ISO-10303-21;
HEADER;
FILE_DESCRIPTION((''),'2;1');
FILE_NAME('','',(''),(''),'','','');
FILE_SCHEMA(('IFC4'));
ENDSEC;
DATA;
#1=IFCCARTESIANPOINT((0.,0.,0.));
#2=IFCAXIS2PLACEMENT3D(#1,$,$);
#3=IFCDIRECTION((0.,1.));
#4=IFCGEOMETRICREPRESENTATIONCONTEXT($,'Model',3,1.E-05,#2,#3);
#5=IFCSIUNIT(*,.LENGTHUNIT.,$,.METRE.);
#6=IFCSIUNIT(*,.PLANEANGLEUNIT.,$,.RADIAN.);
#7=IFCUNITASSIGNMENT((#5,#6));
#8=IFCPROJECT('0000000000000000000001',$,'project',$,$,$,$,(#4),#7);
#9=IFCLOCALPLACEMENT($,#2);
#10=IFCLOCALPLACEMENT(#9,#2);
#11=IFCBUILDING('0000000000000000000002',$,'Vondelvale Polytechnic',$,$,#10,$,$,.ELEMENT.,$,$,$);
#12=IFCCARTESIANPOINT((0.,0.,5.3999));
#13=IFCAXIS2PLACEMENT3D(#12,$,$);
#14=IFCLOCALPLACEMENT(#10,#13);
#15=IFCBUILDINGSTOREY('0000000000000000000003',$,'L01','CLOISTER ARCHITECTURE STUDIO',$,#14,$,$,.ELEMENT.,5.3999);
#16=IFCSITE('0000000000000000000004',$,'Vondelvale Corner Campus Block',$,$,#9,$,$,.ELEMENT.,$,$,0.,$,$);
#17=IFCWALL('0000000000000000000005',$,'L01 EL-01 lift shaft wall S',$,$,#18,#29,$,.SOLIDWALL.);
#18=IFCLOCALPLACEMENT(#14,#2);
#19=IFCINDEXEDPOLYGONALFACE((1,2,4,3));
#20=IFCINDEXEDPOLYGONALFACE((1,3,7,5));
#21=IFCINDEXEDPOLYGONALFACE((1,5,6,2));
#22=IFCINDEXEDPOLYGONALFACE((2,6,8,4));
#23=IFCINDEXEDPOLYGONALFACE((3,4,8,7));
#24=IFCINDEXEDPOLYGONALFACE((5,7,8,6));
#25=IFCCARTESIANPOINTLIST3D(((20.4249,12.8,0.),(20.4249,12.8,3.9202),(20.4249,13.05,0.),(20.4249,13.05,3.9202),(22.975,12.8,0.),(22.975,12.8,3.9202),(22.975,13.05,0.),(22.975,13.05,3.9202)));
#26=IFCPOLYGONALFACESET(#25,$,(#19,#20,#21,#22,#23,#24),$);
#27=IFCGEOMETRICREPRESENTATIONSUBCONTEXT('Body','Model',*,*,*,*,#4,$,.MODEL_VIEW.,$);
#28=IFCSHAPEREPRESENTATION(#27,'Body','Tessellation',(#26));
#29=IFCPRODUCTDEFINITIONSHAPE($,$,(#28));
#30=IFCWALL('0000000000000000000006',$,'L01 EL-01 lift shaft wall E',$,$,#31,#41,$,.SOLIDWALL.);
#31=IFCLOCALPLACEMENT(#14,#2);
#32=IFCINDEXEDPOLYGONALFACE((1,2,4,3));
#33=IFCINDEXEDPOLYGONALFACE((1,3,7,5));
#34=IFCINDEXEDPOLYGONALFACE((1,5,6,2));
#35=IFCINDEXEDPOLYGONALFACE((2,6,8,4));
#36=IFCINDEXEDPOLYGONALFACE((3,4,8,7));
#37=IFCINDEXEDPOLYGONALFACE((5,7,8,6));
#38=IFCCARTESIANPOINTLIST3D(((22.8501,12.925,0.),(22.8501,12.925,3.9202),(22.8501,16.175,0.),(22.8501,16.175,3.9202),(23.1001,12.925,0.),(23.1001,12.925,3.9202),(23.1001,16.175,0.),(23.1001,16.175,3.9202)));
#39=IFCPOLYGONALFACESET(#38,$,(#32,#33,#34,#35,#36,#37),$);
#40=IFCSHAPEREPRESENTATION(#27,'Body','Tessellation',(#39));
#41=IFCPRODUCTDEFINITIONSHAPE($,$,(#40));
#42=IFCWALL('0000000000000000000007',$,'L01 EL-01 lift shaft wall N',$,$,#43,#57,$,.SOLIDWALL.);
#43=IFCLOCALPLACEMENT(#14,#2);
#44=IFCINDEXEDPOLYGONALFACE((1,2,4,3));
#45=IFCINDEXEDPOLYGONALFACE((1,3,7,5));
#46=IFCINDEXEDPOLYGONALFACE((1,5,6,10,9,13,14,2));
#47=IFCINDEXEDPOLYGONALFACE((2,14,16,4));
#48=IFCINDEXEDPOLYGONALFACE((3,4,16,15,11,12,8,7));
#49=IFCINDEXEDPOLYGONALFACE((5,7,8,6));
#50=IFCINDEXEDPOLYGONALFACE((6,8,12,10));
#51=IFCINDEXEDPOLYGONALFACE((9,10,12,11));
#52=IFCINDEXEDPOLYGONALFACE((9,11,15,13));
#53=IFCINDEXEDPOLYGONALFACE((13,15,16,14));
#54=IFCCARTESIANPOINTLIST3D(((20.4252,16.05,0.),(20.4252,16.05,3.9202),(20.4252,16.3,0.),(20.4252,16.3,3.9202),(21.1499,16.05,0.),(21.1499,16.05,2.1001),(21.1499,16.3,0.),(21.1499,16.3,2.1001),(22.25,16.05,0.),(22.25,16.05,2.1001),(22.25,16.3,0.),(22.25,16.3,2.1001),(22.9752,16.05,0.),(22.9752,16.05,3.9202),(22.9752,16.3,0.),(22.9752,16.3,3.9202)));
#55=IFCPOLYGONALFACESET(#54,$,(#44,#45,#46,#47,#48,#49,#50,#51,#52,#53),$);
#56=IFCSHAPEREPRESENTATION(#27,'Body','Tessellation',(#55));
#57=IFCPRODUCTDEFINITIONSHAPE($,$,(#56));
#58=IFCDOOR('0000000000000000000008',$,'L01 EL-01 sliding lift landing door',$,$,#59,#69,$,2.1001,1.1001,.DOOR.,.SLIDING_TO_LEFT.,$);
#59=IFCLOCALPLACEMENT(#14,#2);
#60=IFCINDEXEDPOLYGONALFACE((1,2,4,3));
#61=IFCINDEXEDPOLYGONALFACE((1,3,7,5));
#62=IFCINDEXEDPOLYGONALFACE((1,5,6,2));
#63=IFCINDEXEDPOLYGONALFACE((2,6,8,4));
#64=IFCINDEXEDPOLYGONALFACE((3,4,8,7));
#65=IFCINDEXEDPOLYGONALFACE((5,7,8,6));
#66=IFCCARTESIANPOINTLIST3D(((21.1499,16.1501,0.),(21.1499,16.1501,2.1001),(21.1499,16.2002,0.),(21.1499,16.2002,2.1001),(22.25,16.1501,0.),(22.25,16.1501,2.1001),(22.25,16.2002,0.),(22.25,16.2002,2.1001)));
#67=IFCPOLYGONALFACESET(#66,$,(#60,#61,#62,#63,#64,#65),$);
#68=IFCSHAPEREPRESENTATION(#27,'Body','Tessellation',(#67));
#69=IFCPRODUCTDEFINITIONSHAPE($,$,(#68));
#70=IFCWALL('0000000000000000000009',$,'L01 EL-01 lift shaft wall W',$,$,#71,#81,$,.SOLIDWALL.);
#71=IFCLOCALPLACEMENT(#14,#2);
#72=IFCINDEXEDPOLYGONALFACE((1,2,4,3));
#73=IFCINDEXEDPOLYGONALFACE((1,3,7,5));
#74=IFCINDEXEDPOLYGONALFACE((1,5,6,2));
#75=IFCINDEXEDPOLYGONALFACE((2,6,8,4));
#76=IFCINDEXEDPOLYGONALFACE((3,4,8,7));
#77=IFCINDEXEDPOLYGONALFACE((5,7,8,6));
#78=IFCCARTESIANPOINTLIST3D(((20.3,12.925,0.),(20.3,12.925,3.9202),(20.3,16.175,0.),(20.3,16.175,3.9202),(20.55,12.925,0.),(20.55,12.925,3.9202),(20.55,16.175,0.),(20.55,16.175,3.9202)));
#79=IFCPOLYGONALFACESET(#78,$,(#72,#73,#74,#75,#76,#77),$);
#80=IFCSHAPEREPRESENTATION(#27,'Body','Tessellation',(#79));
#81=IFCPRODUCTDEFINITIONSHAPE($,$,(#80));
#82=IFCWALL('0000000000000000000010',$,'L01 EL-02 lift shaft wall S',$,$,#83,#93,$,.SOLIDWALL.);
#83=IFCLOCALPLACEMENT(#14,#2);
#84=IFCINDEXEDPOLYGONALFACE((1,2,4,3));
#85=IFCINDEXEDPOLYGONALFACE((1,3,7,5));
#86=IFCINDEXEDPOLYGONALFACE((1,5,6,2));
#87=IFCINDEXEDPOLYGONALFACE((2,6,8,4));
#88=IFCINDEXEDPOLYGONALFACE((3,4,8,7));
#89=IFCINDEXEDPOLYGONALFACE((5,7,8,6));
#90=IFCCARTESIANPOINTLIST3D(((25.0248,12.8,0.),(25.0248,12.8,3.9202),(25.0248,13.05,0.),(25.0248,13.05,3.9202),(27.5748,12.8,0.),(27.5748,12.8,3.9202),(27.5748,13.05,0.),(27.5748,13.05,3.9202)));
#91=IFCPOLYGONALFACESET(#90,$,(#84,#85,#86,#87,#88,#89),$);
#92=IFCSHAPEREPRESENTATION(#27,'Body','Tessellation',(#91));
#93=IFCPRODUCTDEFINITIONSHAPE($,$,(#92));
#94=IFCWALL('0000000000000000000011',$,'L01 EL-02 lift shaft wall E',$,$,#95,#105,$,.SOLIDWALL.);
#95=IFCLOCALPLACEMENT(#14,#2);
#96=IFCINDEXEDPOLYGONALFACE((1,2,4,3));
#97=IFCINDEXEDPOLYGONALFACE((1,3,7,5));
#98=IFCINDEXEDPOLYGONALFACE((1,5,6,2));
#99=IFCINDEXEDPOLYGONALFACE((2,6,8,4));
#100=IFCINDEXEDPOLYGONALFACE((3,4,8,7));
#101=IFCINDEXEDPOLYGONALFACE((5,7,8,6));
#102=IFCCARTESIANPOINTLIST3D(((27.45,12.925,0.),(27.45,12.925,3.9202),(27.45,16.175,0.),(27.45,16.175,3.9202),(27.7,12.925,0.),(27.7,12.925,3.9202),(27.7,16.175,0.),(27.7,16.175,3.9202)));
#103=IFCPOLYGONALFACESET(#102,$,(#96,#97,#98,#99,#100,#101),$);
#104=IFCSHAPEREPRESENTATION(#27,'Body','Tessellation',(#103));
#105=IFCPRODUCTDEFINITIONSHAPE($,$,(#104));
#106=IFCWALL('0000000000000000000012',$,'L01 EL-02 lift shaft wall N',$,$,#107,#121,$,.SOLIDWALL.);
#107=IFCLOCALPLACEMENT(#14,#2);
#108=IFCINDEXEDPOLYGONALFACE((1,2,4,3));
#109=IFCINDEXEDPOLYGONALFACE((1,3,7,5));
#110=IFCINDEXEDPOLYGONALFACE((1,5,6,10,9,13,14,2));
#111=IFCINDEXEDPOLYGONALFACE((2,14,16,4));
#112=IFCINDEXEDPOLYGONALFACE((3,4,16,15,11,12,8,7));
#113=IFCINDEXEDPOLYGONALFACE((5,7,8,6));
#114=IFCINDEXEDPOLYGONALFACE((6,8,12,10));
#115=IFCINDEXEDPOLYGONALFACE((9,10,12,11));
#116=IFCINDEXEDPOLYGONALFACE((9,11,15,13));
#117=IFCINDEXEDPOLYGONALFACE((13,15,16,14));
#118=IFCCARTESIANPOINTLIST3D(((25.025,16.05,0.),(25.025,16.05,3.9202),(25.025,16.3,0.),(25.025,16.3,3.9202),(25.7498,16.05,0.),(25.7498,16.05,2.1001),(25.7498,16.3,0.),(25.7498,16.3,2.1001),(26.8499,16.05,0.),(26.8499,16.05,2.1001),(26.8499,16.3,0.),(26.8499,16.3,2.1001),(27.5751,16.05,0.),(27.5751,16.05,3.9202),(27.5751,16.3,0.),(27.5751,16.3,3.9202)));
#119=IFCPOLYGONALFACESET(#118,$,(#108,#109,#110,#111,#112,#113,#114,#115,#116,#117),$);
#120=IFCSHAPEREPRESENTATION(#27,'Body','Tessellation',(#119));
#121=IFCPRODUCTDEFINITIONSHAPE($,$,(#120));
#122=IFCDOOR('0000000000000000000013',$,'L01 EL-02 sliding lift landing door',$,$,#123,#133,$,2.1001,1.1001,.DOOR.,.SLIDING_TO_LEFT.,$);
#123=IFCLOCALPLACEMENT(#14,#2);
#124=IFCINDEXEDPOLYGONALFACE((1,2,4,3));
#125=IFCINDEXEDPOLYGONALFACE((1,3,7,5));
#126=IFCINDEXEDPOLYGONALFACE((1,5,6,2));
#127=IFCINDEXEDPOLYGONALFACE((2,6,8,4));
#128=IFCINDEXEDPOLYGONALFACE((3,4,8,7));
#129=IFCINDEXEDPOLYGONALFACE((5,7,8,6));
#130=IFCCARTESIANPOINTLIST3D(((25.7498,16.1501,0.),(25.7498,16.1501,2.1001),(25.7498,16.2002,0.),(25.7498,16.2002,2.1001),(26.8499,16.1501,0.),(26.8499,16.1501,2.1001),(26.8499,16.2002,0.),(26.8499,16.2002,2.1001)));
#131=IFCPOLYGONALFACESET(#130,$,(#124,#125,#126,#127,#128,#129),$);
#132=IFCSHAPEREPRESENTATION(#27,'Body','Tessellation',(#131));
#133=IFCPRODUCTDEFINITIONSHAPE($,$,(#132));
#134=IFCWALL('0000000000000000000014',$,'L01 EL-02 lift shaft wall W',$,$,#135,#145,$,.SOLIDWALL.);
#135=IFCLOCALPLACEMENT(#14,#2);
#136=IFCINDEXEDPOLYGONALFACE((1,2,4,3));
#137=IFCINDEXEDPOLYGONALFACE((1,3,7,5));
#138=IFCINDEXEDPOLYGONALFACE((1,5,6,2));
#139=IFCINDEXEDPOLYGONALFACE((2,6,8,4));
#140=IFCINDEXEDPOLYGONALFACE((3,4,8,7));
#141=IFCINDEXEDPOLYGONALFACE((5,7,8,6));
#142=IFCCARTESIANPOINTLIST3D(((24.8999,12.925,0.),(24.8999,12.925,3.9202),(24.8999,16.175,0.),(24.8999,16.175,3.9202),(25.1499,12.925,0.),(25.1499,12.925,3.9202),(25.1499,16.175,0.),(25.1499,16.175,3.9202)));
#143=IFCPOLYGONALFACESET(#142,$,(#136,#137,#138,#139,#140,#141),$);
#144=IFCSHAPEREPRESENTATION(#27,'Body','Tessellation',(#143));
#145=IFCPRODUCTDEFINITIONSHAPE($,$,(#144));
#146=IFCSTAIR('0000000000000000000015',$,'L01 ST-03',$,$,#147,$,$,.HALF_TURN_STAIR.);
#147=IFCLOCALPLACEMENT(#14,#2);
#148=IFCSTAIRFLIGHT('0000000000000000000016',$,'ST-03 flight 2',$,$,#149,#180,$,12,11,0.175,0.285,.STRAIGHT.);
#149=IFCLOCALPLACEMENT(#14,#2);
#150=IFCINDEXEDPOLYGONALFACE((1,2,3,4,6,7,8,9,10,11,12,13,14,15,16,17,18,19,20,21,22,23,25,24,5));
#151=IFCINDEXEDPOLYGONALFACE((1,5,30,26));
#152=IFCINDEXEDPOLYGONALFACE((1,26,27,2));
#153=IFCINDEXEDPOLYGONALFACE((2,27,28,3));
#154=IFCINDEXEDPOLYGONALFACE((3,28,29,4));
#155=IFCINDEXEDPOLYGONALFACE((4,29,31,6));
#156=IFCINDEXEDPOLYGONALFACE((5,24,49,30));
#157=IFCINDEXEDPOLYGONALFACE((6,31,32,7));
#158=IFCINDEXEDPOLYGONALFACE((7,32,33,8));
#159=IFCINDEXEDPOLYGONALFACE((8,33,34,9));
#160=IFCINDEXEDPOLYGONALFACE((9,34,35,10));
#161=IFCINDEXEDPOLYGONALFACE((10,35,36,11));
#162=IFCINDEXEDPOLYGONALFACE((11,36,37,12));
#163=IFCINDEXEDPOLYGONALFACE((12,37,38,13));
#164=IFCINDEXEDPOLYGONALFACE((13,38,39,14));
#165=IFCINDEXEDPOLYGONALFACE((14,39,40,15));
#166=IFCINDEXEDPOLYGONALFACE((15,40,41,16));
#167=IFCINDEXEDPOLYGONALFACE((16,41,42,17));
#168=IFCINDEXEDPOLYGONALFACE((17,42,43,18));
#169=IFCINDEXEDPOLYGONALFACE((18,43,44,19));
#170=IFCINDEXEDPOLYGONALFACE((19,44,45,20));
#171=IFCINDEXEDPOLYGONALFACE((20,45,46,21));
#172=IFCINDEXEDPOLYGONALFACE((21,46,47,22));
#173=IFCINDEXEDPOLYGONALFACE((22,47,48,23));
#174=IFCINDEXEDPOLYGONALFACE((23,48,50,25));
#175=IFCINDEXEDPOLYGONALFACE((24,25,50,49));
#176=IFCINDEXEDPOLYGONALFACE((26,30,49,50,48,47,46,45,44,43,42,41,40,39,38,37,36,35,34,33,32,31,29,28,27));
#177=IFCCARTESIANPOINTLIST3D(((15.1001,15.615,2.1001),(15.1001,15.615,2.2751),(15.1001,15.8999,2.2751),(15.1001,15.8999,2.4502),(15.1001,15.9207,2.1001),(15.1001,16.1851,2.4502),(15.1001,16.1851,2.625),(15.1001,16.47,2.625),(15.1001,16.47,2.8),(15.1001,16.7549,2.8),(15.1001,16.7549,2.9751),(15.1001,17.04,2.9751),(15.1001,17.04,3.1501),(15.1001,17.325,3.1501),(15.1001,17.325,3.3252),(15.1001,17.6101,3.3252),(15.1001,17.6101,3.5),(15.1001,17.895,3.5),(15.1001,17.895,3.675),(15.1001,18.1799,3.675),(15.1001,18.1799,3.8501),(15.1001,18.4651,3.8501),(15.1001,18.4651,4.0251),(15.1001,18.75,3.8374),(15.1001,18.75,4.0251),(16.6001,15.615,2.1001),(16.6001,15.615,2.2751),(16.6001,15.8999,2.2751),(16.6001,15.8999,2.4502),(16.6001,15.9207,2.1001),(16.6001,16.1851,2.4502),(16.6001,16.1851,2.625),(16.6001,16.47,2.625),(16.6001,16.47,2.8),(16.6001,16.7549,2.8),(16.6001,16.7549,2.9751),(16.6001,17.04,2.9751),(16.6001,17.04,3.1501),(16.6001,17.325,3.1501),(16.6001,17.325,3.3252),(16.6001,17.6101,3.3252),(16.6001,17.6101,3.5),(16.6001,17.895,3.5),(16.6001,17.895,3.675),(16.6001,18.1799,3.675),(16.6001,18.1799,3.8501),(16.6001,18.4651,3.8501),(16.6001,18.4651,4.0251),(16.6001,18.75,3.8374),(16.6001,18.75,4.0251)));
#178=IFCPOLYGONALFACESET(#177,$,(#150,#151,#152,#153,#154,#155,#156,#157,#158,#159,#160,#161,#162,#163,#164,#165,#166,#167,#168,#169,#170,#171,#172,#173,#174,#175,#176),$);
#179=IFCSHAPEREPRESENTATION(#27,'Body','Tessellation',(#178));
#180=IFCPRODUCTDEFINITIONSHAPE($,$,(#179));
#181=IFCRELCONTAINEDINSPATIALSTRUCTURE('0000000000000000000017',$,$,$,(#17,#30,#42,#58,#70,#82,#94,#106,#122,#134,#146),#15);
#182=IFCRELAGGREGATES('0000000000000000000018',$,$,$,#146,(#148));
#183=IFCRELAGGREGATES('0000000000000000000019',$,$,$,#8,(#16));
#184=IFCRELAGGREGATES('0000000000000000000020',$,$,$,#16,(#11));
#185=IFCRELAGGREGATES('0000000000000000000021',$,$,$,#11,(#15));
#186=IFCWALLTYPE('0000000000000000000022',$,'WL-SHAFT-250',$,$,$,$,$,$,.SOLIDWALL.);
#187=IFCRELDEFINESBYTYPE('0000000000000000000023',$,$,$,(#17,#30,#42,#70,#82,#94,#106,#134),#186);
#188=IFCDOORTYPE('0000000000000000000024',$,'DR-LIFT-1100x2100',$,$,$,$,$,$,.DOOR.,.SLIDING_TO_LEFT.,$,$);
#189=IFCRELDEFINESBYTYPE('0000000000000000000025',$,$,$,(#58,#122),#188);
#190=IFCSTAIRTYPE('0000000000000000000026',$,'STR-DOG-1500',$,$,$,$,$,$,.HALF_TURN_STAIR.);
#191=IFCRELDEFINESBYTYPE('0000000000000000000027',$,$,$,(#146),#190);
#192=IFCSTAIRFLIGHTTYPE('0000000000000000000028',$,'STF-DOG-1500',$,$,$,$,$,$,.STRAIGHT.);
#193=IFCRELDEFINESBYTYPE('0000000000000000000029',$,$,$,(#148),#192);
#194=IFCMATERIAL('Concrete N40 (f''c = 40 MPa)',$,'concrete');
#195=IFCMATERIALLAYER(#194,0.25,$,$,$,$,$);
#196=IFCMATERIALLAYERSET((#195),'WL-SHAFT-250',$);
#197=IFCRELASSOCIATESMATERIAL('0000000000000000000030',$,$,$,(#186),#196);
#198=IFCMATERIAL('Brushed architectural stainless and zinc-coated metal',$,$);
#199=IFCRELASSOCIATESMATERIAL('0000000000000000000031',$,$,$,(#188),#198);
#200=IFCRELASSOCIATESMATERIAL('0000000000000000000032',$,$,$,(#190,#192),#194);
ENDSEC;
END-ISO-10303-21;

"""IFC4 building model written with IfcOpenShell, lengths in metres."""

from ifc_helpers import new_model, si_unit, direction, frame, frame_2d, origin, place, context, subcontext, project, spatial, polyline, rectangle, outline, extrude, material, layer, layer_set, type_object, element, fill, aggregate, save


model = new_model("IFC4")

# Units and contexts
model_context = context("Model", 3, precision=1e-05, world=origin(), true_north=direction((0.0, 1.0)))
body_context = subcontext(model_context, "Body", "Model", "MODEL_VIEW")
ifc_project = project(units=[si_unit("LENGTHUNIT", "METRE"), si_unit("PLANEANGLEUNIT", "RADIAN")], contexts=[model_context])

# Site, building, storey
site_placement = place(None, origin())
site = spatial("IfcSite", under=ifc_project, at=site_placement, Name="Vondelvale Corner Campus Block", CompositionType="ELEMENT", RefElevation=0.0)
building_placement = place(site_placement, origin())
building = spatial("IfcBuilding", under=site, at=building_placement, Name="Vondelvale Polytechnic", CompositionType="ELEMENT")
storey_placement = place(building_placement, frame((0.0, 0.0, 5.3999)))
storey = spatial("IfcBuildingStorey", under=building, at=storey_placement, Name="L01", Description="CLOISTER ARCHITECTURE STUDIO", CompositionType="ELEMENT", Elevation=5.3999)

# Shared definitions
ifc_material_1 = material(Name="Concrete N40 (f'c = 40 MPa)", Category="concrete")

# Shared definitions
ifc_material_2 = material(Name="Brushed architectural stainless and zinc-coated metal")

# Walls
ifc_layer_1 = layer(ifc_material_1, 0.25)
ifc_layer_set_1 = layer_set([ifc_layer_1], Name="WL-SHAFT-250")
wall_type_1 = type_object("IfcWallType", Name="WL-SHAFT-250", PredefinedType="SOLIDWALL", material=ifc_layer_set_1)
wall_1_placement = place(storey_placement, frame((20.425, 12.925, 0.0), z_axis=(0.0, 0.0, 1.0), x_axis=(1.0, 0.0, 0.0)))
element("IfcWall", 1, at=wall_1_placement, inside=storey, type_object=wall_type_1, Name="L01 EL-01 lift shaft wall S", PredefinedType="SOLIDWALL", context=body_context, shape_type="SweptSolid", body=[
    extrude(rectangle(XDim=2.55, YDim=0.25, at=frame_2d((1.2749, 0.0))), origin(), (0.0, 0.0, 1.0), 3.9202),
])
wall_2_placement = place(storey_placement, frame((22.9751, 12.925, 0.0), z_axis=(0.0, 0.0, 1.0), x_axis=(0.0, 1.0, 0.0)))
element("IfcWall", 2, at=wall_2_placement, inside=storey, type_object=wall_type_1, Name="L01 EL-01 lift shaft wall E", PredefinedType="SOLIDWALL", context=body_context, shape_type="SweptSolid", body=[
    extrude(rectangle(XDim=3.25, YDim=0.25, at=frame_2d((1.625, 0.0))), origin(), (0.0, 0.0, 1.0), 3.9202),
])

# Wall, opening, door
wall_3_placement = place(storey_placement, frame((22.9751, 16.175, 0.0), z_axis=(0.0, 0.0, 1.0), x_axis=(-1.0, 0.0, 0.0)))
wall_3 = element("IfcWall", 3, at=wall_3_placement, inside=storey, type_object=wall_type_1, Name="L01 EL-01 lift shaft wall N", PredefinedType="SOLIDWALL", context=body_context, shape_type="SweptSolid", body=[
    extrude(rectangle(XDim=2.55, YDim=0.25, at=frame_2d((1.2749, 0.0))), origin(), (0.0, 0.0, 1.0), 3.9202),
])
opening_1_placement = place(wall_3_placement, frame((0.7251, 0.0, 0.0)))
opening_1 = element("IfcOpeningElement", 4, at=opening_1_placement, cuts=wall_3, PredefinedType="OPENING", context=body_context, shape_type="SweptSolid", body=[
    extrude(rectangle(XDim=1.1001, YDim=2.1001, at=frame_2d((0.55, 1.05))), frame((0.0, 0.135, 0.0), z_axis=(0.0, -1.0, 0.0), x_axis=(1.0, 0.0, 0.0)), (0.0, 0.0, 1.0), 0.27),
])
door_type_1 = type_object("IfcDoorType", Name="DR-LIFT-1100x2100", OperationType="SLIDING_TO_LEFT", PredefinedType="DOOR", material=ifc_material_2)
door_1_placement = place(opening_1_placement, origin())
door_1 = element("IfcDoor", 5, at=door_1_placement, inside=storey, type_object=door_type_1, Name="L01 EL-01 sliding lift landing door", OperationType="SLIDING_TO_LEFT", OverallHeight=2.1001, OverallWidth=1.1001, PredefinedType="DOOR", context=body_context, shape_type="SweptSolid", body=[
    extrude(rectangle(XDim=1.1001, YDim=2.1001, at=frame_2d((0.55, 1.05))), frame((0.0, 0.0249, 0.0), z_axis=(0.0, -1.0, 0.0), x_axis=(1.0, 0.0, 0.0)), (0.0, 0.0, 1.0), 0.05),
])
fill(opening_1, door_1)

# Walls
wall_4_placement = place(storey_placement, frame((20.425, 16.175, 0.0), z_axis=(0.0, 0.0, 1.0), x_axis=(0.0, -1.0, 0.0)))
element("IfcWall", 6, at=wall_4_placement, inside=storey, type_object=wall_type_1, Name="L01 EL-01 lift shaft wall W", PredefinedType="SOLIDWALL", context=body_context, shape_type="SweptSolid", body=[
    extrude(rectangle(XDim=3.25, YDim=0.25, at=frame_2d((1.625, 0.0))), origin(), (0.0, 0.0, 1.0), 3.9202),
])
wall_5_placement = place(storey_placement, frame((25.0249, 12.925, 0.0), z_axis=(0.0, 0.0, 1.0), x_axis=(1.0, 0.0, 0.0)))
element("IfcWall", 7, at=wall_5_placement, inside=storey, type_object=wall_type_1, Name="L01 EL-02 lift shaft wall S", PredefinedType="SOLIDWALL", context=body_context, shape_type="SweptSolid", body=[
    extrude(rectangle(XDim=2.55, YDim=0.25, at=frame_2d((1.2749, 0.0))), origin(), (0.0, 0.0, 1.0), 3.9202),
])
wall_6_placement = place(storey_placement, frame((27.575, 12.925, 0.0), z_axis=(0.0, 0.0, 1.0), x_axis=(0.0, 1.0, 0.0)))
element("IfcWall", 8, at=wall_6_placement, inside=storey, type_object=wall_type_1, Name="L01 EL-02 lift shaft wall E", PredefinedType="SOLIDWALL", context=body_context, shape_type="SweptSolid", body=[
    extrude(rectangle(XDim=3.25, YDim=0.25, at=frame_2d((1.625, 0.0))), origin(), (0.0, 0.0, 1.0), 3.9202),
])

# Wall, opening, door
wall_7_placement = place(storey_placement, frame((27.575, 16.175, 0.0), z_axis=(0.0, 0.0, 1.0), x_axis=(-1.0, 0.0, 0.0)))
wall_7 = element("IfcWall", 9, at=wall_7_placement, inside=storey, type_object=wall_type_1, Name="L01 EL-02 lift shaft wall N", PredefinedType="SOLIDWALL", context=body_context, shape_type="SweptSolid", body=[
    extrude(rectangle(XDim=2.55, YDim=0.25, at=frame_2d((1.2749, 0.0))), origin(), (0.0, 0.0, 1.0), 3.9202),
])
opening_2_placement = place(wall_7_placement, frame((0.7251, 0.0, 0.0)))
opening_2 = element("IfcOpeningElement", 10, at=opening_2_placement, cuts=wall_7, PredefinedType="OPENING", context=body_context, shape_type="SweptSolid", body=[
    extrude(rectangle(XDim=1.1001, YDim=2.1001, at=frame_2d((0.55, 1.05))), frame((0.0, 0.135, 0.0), z_axis=(0.0, -1.0, 0.0), x_axis=(1.0, 0.0, 0.0)), (0.0, 0.0, 1.0), 0.27),
])
door_2_placement = place(opening_2_placement, origin())
door_2 = element("IfcDoor", 11, at=door_2_placement, inside=storey, type_object=door_type_1, Name="L01 EL-02 sliding lift landing door", OperationType="SLIDING_TO_LEFT", OverallHeight=2.1001, OverallWidth=1.1001, PredefinedType="DOOR", context=body_context, shape_type="SweptSolid", body=[
    extrude(rectangle(XDim=1.1001, YDim=2.1001, at=frame_2d((0.55, 1.05))), frame((0.0, 0.0249, 0.0), z_axis=(0.0, -1.0, 0.0), x_axis=(1.0, 0.0, 0.0)), (0.0, 0.0, 1.0), 0.05),
])
fill(opening_2, door_2)

# Wall
wall_8_placement = place(storey_placement, frame((25.0249, 16.175, 0.0), z_axis=(0.0, 0.0, 1.0), x_axis=(0.0, -1.0, 0.0)))
element("IfcWall", 12, at=wall_8_placement, inside=storey, type_object=wall_type_1, Name="L01 EL-02 lift shaft wall W", PredefinedType="SOLIDWALL", context=body_context, shape_type="SweptSolid", body=[
    extrude(rectangle(XDim=3.25, YDim=0.25, at=frame_2d((1.625, 0.0))), origin(), (0.0, 0.0, 1.0), 3.9202),
])

# Stair, stair flight
stair_type = type_object("IfcStairType", Name="STR-DOG-1500", PredefinedType="HALF_TURN_STAIR", material=ifc_material_1)
stair_placement = place(storey_placement, origin())
stair = element("IfcStair", 13, at=stair_placement, inside=storey, type_object=stair_type, Name="L01 ST-03", PredefinedType="HALF_TURN_STAIR")
stair_flight_type = type_object("IfcStairFlightType", Name="STF-DOG-1500", PredefinedType="STRAIGHT", material=ifc_material_1)
stair_flight_placement = place(storey_placement, frame((15.8501, 15.615, 2.1001), z_axis=(0.0, 0.0, 1.0), x_axis=(0.0, 1.0, 0.0)))
stair_flight = element("IfcStairFlight", 14, at=stair_flight_placement, type_object=stair_flight_type, Name="ST-03 flight 2", NumberOfRisers=12, NumberOfTreads=11, PredefinedType="STRAIGHT", RiserHeight=0.175, TreadLength=0.285, context=body_context, shape_type="SweptSolid", body=[
    extrude(outline(polyline([(0.0, 0.0), (0.0, 0.175), (0.2849, 0.175), (0.2849, 0.3501), (0.5701, 0.3501), (0.5701, 0.5249), (0.855, 0.5249), (0.855, 0.7), (1.1399, 0.7), (1.1399, 0.875), (1.425, 0.875), (1.425, 1.05), (1.71, 1.05), (1.71, 1.2251), (1.9951, 1.2251), (1.9951, 1.3999), (2.28, 1.3999), (2.28, 1.575), (2.5649, 1.575), (2.5649, 1.75), (2.8501, 1.75), (2.8501, 1.925), (3.135, 1.925), (3.135, 2.1001), (3.135, 1.7373), (0.3057, 0.0), (0.0, 0.0)])), frame((0.0, 0.75, 0.0), z_axis=(0.0, -1.0, 0.0), x_axis=(1.0, 0.0, 0.0)), (0.0, 0.0, 1.0), 1.5),
])
aggregate(stair, [stair_flight])

save(model, "model.ifc")
